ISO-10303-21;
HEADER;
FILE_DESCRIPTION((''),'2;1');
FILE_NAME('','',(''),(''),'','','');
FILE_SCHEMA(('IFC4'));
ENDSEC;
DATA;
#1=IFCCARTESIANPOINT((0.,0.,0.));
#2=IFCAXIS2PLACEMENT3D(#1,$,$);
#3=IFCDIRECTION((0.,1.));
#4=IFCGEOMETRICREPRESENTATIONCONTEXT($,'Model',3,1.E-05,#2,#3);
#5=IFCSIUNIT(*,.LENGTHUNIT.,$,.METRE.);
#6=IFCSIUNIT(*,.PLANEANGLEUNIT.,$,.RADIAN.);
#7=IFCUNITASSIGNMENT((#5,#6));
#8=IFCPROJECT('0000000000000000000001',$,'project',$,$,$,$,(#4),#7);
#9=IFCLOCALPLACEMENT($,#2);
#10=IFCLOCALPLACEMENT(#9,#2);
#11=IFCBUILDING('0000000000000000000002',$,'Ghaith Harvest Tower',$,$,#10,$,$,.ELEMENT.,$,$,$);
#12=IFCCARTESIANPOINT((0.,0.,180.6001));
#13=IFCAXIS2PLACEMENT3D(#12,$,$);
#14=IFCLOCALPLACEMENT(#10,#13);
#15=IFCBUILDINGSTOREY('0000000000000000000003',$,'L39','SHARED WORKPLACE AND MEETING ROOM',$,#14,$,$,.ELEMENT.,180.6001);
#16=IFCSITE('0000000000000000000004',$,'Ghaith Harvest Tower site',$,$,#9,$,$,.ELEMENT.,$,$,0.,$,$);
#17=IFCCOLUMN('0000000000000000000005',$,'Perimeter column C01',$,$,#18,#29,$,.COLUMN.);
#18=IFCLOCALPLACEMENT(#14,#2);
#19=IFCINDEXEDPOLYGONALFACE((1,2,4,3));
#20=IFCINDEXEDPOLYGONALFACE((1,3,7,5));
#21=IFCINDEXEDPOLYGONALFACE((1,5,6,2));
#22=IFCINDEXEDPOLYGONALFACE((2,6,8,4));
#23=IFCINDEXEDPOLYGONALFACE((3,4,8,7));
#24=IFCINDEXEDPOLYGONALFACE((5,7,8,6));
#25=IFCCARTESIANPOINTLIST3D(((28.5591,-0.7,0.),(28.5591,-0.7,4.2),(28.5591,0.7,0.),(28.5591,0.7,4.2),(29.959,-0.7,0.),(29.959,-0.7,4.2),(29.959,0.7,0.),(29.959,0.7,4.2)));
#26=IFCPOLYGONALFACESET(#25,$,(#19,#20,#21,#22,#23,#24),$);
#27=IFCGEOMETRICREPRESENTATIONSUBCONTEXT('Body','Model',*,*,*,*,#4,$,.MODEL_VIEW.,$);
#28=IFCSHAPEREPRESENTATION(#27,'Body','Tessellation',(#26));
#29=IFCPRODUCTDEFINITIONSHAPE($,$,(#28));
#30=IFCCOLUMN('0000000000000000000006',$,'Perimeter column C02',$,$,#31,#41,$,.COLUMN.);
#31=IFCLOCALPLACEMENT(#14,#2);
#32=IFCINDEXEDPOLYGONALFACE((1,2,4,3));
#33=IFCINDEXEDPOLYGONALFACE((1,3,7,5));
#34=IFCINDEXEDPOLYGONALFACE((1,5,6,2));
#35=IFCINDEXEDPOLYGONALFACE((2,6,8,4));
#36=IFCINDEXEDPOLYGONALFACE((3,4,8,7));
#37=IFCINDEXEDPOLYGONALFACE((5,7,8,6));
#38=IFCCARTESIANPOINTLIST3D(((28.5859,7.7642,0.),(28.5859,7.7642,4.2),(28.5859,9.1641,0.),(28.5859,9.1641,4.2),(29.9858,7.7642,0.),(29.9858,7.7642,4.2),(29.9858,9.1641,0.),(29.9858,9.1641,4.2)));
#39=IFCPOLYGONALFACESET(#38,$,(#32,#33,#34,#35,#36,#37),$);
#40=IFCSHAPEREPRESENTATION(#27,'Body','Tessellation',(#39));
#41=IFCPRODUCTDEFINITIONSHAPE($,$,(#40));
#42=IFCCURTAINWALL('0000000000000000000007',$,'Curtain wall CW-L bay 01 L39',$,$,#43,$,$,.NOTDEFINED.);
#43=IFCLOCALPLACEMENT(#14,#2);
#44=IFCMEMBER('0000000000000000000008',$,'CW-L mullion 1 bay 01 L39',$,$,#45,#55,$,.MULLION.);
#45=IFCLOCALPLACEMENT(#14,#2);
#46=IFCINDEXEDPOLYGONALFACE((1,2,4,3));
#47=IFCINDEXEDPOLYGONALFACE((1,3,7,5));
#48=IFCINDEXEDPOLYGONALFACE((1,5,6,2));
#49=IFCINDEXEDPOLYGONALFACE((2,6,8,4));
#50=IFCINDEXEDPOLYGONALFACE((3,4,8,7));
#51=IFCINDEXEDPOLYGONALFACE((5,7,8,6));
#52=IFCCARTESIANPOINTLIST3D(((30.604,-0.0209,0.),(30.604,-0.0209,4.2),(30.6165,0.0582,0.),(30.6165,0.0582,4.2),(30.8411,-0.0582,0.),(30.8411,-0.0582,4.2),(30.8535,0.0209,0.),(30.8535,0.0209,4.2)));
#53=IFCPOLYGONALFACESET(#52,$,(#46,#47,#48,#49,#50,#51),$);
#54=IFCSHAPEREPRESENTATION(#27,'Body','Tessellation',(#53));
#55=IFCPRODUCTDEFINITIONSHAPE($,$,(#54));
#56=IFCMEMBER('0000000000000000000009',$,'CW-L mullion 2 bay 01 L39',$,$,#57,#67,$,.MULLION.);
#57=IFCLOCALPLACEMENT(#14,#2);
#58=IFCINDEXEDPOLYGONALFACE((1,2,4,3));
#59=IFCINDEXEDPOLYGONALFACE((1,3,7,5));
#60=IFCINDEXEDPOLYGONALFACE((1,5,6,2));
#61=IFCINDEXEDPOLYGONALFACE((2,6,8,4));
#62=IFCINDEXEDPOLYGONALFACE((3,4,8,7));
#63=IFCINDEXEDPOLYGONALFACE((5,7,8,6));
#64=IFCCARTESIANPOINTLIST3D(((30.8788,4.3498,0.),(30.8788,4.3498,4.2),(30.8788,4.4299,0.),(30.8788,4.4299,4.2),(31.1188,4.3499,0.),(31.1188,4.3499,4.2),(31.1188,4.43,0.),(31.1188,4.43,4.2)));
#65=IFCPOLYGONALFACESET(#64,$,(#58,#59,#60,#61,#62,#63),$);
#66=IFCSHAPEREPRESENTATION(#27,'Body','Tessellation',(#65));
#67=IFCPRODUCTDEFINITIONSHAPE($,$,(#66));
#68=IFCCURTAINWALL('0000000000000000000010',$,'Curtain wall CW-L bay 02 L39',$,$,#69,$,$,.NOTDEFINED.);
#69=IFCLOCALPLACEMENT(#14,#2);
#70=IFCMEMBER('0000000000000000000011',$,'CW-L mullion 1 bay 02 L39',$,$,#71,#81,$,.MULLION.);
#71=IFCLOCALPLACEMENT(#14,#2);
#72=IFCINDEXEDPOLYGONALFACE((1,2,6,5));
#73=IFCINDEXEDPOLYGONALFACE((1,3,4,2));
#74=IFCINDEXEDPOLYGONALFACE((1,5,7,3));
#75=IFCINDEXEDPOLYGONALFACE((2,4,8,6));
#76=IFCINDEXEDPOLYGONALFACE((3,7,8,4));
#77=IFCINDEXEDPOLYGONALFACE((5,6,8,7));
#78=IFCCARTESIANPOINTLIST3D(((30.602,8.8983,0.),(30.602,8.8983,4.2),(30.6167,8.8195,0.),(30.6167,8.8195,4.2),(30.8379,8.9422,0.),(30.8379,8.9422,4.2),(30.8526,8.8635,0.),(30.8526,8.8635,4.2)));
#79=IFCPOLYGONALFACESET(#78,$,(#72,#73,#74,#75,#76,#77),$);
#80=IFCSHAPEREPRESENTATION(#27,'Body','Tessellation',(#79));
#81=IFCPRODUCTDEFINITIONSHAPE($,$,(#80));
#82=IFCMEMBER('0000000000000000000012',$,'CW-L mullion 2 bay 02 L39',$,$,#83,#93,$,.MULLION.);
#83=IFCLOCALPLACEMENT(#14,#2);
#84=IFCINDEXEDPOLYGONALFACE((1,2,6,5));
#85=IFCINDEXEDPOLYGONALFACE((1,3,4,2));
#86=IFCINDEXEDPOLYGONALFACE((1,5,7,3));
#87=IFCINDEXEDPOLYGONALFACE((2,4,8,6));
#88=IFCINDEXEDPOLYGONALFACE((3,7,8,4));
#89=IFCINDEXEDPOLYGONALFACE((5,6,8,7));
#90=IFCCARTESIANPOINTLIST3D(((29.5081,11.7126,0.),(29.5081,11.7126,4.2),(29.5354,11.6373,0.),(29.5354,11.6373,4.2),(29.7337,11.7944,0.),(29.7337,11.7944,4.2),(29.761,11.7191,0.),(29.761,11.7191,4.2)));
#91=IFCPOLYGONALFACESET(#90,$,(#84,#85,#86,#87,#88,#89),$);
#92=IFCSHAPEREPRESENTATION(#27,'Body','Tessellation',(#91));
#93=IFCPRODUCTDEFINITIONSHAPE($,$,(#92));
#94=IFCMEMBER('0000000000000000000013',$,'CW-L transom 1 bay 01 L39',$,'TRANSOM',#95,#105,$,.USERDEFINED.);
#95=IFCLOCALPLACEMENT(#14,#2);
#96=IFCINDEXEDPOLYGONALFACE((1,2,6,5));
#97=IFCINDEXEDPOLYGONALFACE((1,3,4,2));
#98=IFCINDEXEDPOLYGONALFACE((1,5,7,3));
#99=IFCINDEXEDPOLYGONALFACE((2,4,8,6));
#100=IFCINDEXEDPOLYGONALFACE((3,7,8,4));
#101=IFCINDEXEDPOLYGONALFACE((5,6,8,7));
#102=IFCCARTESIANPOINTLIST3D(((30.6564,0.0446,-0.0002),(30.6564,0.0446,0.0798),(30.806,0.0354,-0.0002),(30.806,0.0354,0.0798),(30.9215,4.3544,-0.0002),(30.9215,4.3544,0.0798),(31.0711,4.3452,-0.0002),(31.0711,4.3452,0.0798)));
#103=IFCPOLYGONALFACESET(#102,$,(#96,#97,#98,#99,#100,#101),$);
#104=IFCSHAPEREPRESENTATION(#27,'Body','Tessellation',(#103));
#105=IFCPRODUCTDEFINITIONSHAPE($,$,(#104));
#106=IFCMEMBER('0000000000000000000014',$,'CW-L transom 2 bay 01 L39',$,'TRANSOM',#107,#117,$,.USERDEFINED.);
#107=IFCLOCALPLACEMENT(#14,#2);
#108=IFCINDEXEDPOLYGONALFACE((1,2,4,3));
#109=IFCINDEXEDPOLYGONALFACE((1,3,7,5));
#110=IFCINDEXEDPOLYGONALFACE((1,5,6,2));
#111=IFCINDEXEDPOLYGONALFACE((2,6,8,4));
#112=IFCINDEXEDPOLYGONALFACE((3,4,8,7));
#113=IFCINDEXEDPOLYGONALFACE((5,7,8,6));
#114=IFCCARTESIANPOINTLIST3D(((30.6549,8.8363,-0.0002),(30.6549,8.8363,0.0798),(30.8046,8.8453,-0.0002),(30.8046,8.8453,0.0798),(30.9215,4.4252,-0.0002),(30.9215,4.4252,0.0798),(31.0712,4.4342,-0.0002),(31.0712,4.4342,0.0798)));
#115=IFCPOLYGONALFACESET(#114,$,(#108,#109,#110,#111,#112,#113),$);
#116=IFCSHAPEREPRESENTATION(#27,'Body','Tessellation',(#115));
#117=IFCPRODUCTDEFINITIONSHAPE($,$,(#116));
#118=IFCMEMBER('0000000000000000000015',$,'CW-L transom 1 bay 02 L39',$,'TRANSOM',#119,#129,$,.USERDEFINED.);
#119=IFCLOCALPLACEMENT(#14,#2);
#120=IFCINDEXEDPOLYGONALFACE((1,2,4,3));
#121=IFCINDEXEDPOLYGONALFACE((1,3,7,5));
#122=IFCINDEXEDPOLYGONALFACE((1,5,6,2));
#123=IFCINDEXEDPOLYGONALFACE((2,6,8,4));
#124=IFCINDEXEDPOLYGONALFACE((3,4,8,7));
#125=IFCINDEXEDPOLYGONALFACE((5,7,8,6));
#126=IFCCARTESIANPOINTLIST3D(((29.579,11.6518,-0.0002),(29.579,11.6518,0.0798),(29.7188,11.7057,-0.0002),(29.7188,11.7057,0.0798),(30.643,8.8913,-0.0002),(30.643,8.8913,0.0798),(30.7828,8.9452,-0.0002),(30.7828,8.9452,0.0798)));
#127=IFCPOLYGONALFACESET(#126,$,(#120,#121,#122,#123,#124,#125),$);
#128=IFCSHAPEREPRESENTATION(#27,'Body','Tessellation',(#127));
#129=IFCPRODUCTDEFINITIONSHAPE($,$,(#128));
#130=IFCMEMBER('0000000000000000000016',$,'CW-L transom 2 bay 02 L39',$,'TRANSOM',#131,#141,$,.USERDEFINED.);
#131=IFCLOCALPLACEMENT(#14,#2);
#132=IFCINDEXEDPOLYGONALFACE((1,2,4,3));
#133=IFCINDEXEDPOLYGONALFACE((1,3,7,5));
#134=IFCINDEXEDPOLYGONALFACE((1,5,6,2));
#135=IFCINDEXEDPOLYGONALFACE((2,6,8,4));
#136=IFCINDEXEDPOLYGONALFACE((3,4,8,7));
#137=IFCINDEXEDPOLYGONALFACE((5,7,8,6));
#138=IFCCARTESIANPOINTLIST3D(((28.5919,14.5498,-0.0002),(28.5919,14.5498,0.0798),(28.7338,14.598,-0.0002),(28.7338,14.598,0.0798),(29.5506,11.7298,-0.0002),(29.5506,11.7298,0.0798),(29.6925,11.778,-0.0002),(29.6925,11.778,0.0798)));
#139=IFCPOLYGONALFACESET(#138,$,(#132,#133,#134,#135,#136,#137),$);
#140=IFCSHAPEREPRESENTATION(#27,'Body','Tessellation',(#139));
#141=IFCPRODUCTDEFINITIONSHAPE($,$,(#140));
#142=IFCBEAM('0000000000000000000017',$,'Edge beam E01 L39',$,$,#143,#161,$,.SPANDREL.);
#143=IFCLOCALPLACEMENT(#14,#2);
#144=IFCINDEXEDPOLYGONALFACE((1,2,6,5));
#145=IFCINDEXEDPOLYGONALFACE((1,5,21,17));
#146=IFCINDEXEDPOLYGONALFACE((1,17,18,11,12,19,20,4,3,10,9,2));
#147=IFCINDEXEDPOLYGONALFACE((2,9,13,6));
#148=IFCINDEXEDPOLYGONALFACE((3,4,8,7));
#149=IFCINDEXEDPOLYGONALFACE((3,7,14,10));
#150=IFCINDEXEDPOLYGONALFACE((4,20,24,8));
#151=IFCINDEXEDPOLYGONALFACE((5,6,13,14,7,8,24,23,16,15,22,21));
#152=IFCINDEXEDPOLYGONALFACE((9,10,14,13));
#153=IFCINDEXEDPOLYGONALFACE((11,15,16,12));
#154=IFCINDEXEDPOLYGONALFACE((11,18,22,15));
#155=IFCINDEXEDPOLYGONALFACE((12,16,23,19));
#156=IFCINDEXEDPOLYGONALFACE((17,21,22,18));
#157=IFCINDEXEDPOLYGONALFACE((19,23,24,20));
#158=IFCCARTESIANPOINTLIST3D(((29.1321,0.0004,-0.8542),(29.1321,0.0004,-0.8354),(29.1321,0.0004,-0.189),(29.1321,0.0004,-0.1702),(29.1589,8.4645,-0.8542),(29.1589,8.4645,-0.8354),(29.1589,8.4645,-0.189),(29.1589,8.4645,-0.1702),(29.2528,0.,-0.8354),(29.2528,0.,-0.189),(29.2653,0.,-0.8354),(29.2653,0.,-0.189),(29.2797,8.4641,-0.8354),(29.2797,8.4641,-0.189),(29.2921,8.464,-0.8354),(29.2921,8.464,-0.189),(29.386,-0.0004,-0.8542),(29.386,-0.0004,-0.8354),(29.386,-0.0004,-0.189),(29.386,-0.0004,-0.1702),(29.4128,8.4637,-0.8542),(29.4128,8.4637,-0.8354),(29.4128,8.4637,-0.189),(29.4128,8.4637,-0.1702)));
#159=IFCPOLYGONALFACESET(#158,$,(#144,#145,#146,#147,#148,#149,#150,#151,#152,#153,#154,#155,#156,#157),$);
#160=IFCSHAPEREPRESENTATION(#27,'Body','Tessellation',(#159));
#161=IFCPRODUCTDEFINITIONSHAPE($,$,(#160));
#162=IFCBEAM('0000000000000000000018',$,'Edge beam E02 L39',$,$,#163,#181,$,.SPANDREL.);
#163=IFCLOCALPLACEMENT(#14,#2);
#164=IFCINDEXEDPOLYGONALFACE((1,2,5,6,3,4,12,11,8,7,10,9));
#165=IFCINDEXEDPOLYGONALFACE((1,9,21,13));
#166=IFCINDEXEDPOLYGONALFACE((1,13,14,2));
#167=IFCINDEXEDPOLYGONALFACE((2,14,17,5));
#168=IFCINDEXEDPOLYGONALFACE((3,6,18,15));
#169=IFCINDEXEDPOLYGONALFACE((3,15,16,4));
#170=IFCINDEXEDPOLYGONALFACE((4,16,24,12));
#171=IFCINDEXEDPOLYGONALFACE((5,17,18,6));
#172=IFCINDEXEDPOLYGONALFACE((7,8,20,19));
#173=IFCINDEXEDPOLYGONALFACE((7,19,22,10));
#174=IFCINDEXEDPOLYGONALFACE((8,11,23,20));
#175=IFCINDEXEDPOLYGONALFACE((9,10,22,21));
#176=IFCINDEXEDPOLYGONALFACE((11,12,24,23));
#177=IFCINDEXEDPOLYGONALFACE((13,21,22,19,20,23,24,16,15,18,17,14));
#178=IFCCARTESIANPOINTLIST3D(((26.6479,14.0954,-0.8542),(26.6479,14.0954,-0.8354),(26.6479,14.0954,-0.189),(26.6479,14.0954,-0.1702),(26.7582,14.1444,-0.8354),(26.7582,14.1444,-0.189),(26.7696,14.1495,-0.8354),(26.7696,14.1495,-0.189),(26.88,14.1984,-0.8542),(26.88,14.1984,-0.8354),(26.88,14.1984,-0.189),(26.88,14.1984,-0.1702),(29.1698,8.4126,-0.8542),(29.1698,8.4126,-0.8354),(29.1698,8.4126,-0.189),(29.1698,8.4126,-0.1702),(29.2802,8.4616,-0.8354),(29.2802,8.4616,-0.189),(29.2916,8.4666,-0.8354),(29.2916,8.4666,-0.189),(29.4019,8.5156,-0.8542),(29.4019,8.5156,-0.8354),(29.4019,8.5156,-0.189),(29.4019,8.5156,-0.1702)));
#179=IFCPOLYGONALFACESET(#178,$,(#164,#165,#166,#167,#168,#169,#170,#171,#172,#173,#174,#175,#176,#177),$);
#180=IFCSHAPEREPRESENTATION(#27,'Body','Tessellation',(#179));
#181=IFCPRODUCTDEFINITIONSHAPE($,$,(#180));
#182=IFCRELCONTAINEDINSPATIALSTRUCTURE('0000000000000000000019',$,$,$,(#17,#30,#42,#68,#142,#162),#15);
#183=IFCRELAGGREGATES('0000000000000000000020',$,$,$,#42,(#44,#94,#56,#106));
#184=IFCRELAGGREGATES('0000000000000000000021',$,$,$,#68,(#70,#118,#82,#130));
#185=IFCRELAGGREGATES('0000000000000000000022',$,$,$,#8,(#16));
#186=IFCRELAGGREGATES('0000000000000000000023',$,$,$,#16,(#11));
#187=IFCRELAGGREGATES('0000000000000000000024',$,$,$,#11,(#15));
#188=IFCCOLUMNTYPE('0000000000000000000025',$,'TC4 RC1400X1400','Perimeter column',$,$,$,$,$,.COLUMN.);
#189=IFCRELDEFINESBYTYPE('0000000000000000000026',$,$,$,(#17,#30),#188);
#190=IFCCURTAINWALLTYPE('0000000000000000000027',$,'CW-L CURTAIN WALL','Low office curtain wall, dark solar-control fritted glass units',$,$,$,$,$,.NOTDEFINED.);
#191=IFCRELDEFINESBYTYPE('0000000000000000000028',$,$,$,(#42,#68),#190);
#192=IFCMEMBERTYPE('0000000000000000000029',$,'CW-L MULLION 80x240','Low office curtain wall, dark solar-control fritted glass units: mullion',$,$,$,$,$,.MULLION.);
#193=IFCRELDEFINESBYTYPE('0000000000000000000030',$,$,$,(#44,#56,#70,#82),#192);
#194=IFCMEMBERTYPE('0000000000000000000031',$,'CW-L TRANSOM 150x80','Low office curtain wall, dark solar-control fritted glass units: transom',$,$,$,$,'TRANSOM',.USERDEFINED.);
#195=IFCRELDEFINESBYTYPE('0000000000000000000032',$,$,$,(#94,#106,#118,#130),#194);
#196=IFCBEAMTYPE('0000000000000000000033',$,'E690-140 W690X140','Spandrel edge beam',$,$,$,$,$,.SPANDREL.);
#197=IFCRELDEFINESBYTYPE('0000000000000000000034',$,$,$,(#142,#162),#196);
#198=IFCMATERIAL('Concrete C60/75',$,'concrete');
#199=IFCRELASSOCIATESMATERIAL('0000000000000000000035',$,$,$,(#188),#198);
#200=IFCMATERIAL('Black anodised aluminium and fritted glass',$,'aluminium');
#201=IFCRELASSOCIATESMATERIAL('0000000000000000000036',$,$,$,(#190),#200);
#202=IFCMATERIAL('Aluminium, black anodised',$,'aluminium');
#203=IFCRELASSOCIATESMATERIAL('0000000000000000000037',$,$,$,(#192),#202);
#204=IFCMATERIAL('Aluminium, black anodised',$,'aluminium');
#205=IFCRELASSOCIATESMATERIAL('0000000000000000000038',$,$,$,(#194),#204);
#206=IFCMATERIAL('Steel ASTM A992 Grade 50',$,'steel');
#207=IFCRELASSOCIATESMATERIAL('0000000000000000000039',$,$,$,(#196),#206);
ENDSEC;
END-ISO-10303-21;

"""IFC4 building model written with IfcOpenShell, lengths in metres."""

from ifc_helpers import new_model, si_unit, direction, frame, origin, origin_2d, place, context, subcontext, project, spatial, rectangle, i_section, extrude, material, material_profile, profile_set, type_object, element, aggregate, save


model = new_model("IFC4")

# Units and contexts
model_context = context("Model", 3, precision=1e-05, world=origin(), true_north=direction((0.0, 1.0)))
body_context = subcontext(model_context, "Body", "Model", "MODEL_VIEW")
ifc_project = project(units=[si_unit("LENGTHUNIT", "METRE"), si_unit("PLANEANGLEUNIT", "RADIAN")], contexts=[model_context])

# Site, building, storey
site_placement = place(None, origin())
site = spatial("IfcSite", under=ifc_project, at=site_placement, Name="Ghaith Harvest Tower site", CompositionType="ELEMENT", RefElevation=0.0)
building_placement = place(site_placement, origin())
building = spatial("IfcBuilding", under=site, at=building_placement, Name="Ghaith Harvest Tower", CompositionType="ELEMENT")
storey_placement = place(building_placement, frame((0.0, 0.0, 180.6001)))
storey = spatial("IfcBuildingStorey", under=building, at=storey_placement, Name="L39", Description="SHARED WORKPLACE AND MEETING ROOM", CompositionType="ELEMENT", Elevation=180.6001)

# Columns
ifc_material_1 = material(Name="Concrete C60/75", Category="concrete")
ifc_material_profile_1 = material_profile(ifc_material_1, rectangle(XDim=1.3999, YDim=1.3999, at=origin_2d()), Name="RC1400X1400")
ifc_profile_set_1 = profile_set([ifc_material_profile_1], Name="Concrete C60/75")
column_type = type_object("IfcColumnType", Name="TC4 RC1400X1400", Description="Perimeter column", PredefinedType="COLUMN", material=ifc_profile_set_1)
for number, where, z_axis, x_axis, name in (
    (1, (29.259, 0.0, 0.0), (0.0, 0.0, 1.0), (1.0, 0.0, 0.0), "Perimeter column C01"),
    (2, (29.2859, 8.4641, 0.0), (0.0, 0.0, 1.0), (1.0, 0.0, 0.0), "Perimeter column C02"),
):
    element("IfcColumn", number, at=place(storey_placement, frame(where, z_axis=z_axis, x_axis=x_axis)), inside=storey, type_object=column_type, Name=name, PredefinedType="COLUMN", context=body_context, shape_type="SweptSolid", body=[
        extrude(rectangle(XDim=1.3999, YDim=1.3999, at=origin_2d()), origin(), (0.0, 0.0, 1.0), 4.2),
    ])

# Curtain walls, members
ifc_material_2 = material(Name="Black anodised aluminium and fritted glass", Category="aluminium")
curtain_wall_type = type_object("IfcCurtainWallType", Name="CW-L CURTAIN WALL", Description="Low office curtain wall, dark solar-control fritted glass units", PredefinedType="NOTDEFINED", material=ifc_material_2)
curtain_wall_1_placement = place(storey_placement, origin())
curtain_wall_1 = element("IfcCurtainWall", 3, at=curtain_wall_1_placement, inside=storey, type_object=curtain_wall_type, Name="Curtain wall CW-L bay 01 L39", PredefinedType="NOTDEFINED")
ifc_material_3 = material(Name="Aluminium, black anodised", Category="aluminium")
ifc_material_profile_2 = material_profile(ifc_material_3, rectangle(XDim=0.0801, YDim=0.24, at=origin_2d()), Name="CW-L MULLION 80x240")
ifc_profile_set_2 = profile_set([ifc_material_profile_2], Name="Aluminium, black anodised")
member_type_1 = type_object("IfcMemberType", Name="CW-L MULLION 80x240", Description="Low office curtain wall, dark solar-control fritted glass units: mullion", PredefinedType="MULLION", material=ifc_profile_set_2)
member_1_placement = place(storey_placement, frame((30.7288, 0.0, 0.0), z_axis=(0.0, 0.0, 1.0), x_axis=(0.155597, 0.987821, 0.0)))
member_1 = element("IfcMember", 4, at=member_1_placement, type_object=member_type_1, Name="CW-L mullion 1 bay 01 L39", PredefinedType="MULLION", context=body_context, shape_type="SweptSolid", body=[
    extrude(rectangle(XDim=0.0801, YDim=0.24, at=origin_2d()), origin(), (0.0, 0.0, 1.0), 4.2),
])
member_2_placement = place(storey_placement, frame((30.9988, 4.3899, 0.0), z_axis=(0.0, 0.0, 1.0), x_axis=(-0.000162, 1.0, 0.0)))
member_2 = element("IfcMember", 5, at=member_2_placement, type_object=member_type_1, Name="CW-L mullion 2 bay 01 L39", PredefinedType="MULLION", context=body_context, shape_type="SweptSolid", body=[
    extrude(rectangle(XDim=0.0801, YDim=0.24, at=origin_2d()), origin(), (0.0, 0.0, 1.0), 4.2),
])
curtain_wall_2_placement = place(storey_placement, origin())
curtain_wall_2 = element("IfcCurtainWall", 6, at=curtain_wall_2_placement, inside=storey, type_object=curtain_wall_type, Name="Curtain wall CW-L bay 02 L39", PredefinedType="NOTDEFINED")
member_3_placement = place(storey_placement, frame((30.7273, 8.8809, 0.0), z_axis=(0.0, 0.0, 1.0), x_axis=(-0.18307, 0.9831, 0.0)))
member_3 = element("IfcMember", 7, at=member_3_placement, type_object=member_type_1, Name="CW-L mullion 1 bay 02 L39", PredefinedType="MULLION", context=body_context, shape_type="SweptSolid", body=[
    extrude(rectangle(XDim=0.0801, YDim=0.24, at=origin_2d()), origin(), (0.0, 0.0, 1.0), 4.2),
])
member_4_placement = place(storey_placement, frame((29.6345, 11.7158, 0.0), z_axis=(0.0, 0.0, 1.0), x_axis=(-0.340771, 0.940146, 0.0)))
member_4 = element("IfcMember", 8, at=member_4_placement, type_object=member_type_1, Name="CW-L mullion 2 bay 02 L39", PredefinedType="MULLION", context=body_context, shape_type="SweptSolid", body=[
    extrude(rectangle(XDim=0.0801, YDim=0.24, at=origin_2d()), origin(), (0.0, 0.0, 1.0), 4.2),
])

# Members
ifc_material_4 = material(Name="Aluminium, black anodised", Category="aluminium")
ifc_material_profile_3 = material_profile(ifc_material_4, rectangle(XDim=0.1499, YDim=0.0801, at=origin_2d()), Name="CW-L TRANSOM 150x80")
ifc_profile_set_3 = profile_set([ifc_material_profile_3], Name="Aluminium, black anodised")
member_type_2 = type_object("IfcMemberType", Name="CW-L TRANSOM 150x80", Description="Low office curtain wall, dark solar-control fritted glass units: transom", ElementType="TRANSOM", PredefinedType="USERDEFINED", material=ifc_profile_set_3)
member_5_placement = place(storey_placement, frame((30.7312, 0.04, 0.0398), z_axis=(0.061403, 0.998113, 0.0), x_axis=(-0.998113, 0.061403, 0.0)))
member_5 = element("IfcMember", 9, at=member_5_placement, type_object=member_type_2, Name="CW-L transom 1 bay 01 L39", ObjectType="TRANSOM", PredefinedType="USERDEFINED", context=body_context, shape_type="SweptSolid", body=[
    extrude(rectangle(XDim=0.1499, YDim=0.0801, at=origin_2d()), origin(), (0.0, 0.0, 1.0), 4.3179),
])
member_6_placement = place(storey_placement, frame((30.9963, 4.4297, 0.0398), z_axis=(-0.060328, 0.998179, 0.0), x_axis=(-0.998179, -0.060328, 0.0)))
member_6 = element("IfcMember", 10, at=member_6_placement, type_object=member_type_2, Name="CW-L transom 2 bay 01 L39", ObjectType="TRANSOM", PredefinedType="USERDEFINED", context=body_context, shape_type="SweptSolid", body=[
    extrude(rectangle(XDim=0.1499, YDim=0.0801, at=origin_2d()), origin(), (0.0, 0.0, 1.0), 4.4192),
])
member_7_placement = place(storey_placement, frame((30.7129, 8.9182, 0.0398), z_axis=(-0.359637, 0.933092, 0.0), x_axis=(-0.933092, -0.359637, 0.0)))
member_7 = element("IfcMember", 11, at=member_7_placement, type_object=member_type_2, Name="CW-L transom 1 bay 02 L39", ObjectType="TRANSOM", PredefinedType="USERDEFINED", context=body_context, shape_type="SweptSolid", body=[
    extrude(rectangle(XDim=0.1499, YDim=0.0801, at=origin_2d()), origin(), (0.0, 0.0, 1.0), 2.9585),
])
member_8_placement = place(storey_placement, frame((29.6216, 11.7539, 0.0398), z_axis=(-0.321878, 0.946781, 0.0), x_axis=(-0.946781, -0.321878, 0.0)))
member_8 = element("IfcMember", 12, at=member_8_placement, type_object=member_type_2, Name="CW-L transom 2 bay 02 L39", ObjectType="TRANSOM", PredefinedType="USERDEFINED", context=body_context, shape_type="SweptSolid", body=[
    extrude(rectangle(XDim=0.1499, YDim=0.0801, at=origin_2d()), origin(), (0.0, 0.0, 1.0), 2.9785),
])

# Beams
ifc_material_5 = material(Name="Steel ASTM A992 Grade 50", Category="steel")
ifc_material_profile_4 = material_profile(ifc_material_5, i_section(OverallWidth=0.2539, OverallDepth=0.6841, WebThickness=0.0125, FlangeThickness=0.0188, at=origin_2d()), Name="W690X140")
ifc_profile_set_4 = profile_set([ifc_material_profile_4], Name="Steel ASTM A992 Grade 50")
beam_type = type_object("IfcBeamType", Name="E690-140 W690X140", Description="Spandrel edge beam", PredefinedType="SPANDREL", material=ifc_profile_set_4)
beam_1_placement = place(storey_placement, frame((29.259, 0.0, -0.5122), z_axis=(0.003173, 0.999995, 0.0), x_axis=(-0.999995, 0.003173, 0.0)))
element("IfcBeam", 13, at=beam_1_placement, inside=storey, type_object=beam_type, Name="Edge beam E01 L39", PredefinedType="SPANDREL", context=body_context, shape_type="SweptSolid", body=[
    extrude(i_section(OverallWidth=0.2539, OverallDepth=0.6841, WebThickness=0.0125, FlangeThickness=0.0188, at=origin_2d()), origin(), (0.0, 0.0, 1.0), 8.4641),
])
beam_2_placement = place(storey_placement, frame((29.2859, 8.4641, -0.5122), z_axis=(-0.405636, 0.914035, 0.0), x_axis=(-0.914035, -0.405636, 0.0)))
element("IfcBeam", 14, at=beam_2_placement, inside=storey, type_object=beam_type, Name="Edge beam E02 L39", PredefinedType="SPANDREL", context=body_context, shape_type="SweptSolid", body=[
    extrude(i_section(OverallWidth=0.2539, OverallDepth=0.6841, WebThickness=0.0125, FlangeThickness=0.0188, at=origin_2d()), origin(), (0.0, 0.0, 1.0), 6.2173),
])

aggregate(curtain_wall_1, [member_1, member_5, member_2, member_6])
aggregate(curtain_wall_2, [member_3, member_7, member_4, member_8])

save(model, "model.ifc")
